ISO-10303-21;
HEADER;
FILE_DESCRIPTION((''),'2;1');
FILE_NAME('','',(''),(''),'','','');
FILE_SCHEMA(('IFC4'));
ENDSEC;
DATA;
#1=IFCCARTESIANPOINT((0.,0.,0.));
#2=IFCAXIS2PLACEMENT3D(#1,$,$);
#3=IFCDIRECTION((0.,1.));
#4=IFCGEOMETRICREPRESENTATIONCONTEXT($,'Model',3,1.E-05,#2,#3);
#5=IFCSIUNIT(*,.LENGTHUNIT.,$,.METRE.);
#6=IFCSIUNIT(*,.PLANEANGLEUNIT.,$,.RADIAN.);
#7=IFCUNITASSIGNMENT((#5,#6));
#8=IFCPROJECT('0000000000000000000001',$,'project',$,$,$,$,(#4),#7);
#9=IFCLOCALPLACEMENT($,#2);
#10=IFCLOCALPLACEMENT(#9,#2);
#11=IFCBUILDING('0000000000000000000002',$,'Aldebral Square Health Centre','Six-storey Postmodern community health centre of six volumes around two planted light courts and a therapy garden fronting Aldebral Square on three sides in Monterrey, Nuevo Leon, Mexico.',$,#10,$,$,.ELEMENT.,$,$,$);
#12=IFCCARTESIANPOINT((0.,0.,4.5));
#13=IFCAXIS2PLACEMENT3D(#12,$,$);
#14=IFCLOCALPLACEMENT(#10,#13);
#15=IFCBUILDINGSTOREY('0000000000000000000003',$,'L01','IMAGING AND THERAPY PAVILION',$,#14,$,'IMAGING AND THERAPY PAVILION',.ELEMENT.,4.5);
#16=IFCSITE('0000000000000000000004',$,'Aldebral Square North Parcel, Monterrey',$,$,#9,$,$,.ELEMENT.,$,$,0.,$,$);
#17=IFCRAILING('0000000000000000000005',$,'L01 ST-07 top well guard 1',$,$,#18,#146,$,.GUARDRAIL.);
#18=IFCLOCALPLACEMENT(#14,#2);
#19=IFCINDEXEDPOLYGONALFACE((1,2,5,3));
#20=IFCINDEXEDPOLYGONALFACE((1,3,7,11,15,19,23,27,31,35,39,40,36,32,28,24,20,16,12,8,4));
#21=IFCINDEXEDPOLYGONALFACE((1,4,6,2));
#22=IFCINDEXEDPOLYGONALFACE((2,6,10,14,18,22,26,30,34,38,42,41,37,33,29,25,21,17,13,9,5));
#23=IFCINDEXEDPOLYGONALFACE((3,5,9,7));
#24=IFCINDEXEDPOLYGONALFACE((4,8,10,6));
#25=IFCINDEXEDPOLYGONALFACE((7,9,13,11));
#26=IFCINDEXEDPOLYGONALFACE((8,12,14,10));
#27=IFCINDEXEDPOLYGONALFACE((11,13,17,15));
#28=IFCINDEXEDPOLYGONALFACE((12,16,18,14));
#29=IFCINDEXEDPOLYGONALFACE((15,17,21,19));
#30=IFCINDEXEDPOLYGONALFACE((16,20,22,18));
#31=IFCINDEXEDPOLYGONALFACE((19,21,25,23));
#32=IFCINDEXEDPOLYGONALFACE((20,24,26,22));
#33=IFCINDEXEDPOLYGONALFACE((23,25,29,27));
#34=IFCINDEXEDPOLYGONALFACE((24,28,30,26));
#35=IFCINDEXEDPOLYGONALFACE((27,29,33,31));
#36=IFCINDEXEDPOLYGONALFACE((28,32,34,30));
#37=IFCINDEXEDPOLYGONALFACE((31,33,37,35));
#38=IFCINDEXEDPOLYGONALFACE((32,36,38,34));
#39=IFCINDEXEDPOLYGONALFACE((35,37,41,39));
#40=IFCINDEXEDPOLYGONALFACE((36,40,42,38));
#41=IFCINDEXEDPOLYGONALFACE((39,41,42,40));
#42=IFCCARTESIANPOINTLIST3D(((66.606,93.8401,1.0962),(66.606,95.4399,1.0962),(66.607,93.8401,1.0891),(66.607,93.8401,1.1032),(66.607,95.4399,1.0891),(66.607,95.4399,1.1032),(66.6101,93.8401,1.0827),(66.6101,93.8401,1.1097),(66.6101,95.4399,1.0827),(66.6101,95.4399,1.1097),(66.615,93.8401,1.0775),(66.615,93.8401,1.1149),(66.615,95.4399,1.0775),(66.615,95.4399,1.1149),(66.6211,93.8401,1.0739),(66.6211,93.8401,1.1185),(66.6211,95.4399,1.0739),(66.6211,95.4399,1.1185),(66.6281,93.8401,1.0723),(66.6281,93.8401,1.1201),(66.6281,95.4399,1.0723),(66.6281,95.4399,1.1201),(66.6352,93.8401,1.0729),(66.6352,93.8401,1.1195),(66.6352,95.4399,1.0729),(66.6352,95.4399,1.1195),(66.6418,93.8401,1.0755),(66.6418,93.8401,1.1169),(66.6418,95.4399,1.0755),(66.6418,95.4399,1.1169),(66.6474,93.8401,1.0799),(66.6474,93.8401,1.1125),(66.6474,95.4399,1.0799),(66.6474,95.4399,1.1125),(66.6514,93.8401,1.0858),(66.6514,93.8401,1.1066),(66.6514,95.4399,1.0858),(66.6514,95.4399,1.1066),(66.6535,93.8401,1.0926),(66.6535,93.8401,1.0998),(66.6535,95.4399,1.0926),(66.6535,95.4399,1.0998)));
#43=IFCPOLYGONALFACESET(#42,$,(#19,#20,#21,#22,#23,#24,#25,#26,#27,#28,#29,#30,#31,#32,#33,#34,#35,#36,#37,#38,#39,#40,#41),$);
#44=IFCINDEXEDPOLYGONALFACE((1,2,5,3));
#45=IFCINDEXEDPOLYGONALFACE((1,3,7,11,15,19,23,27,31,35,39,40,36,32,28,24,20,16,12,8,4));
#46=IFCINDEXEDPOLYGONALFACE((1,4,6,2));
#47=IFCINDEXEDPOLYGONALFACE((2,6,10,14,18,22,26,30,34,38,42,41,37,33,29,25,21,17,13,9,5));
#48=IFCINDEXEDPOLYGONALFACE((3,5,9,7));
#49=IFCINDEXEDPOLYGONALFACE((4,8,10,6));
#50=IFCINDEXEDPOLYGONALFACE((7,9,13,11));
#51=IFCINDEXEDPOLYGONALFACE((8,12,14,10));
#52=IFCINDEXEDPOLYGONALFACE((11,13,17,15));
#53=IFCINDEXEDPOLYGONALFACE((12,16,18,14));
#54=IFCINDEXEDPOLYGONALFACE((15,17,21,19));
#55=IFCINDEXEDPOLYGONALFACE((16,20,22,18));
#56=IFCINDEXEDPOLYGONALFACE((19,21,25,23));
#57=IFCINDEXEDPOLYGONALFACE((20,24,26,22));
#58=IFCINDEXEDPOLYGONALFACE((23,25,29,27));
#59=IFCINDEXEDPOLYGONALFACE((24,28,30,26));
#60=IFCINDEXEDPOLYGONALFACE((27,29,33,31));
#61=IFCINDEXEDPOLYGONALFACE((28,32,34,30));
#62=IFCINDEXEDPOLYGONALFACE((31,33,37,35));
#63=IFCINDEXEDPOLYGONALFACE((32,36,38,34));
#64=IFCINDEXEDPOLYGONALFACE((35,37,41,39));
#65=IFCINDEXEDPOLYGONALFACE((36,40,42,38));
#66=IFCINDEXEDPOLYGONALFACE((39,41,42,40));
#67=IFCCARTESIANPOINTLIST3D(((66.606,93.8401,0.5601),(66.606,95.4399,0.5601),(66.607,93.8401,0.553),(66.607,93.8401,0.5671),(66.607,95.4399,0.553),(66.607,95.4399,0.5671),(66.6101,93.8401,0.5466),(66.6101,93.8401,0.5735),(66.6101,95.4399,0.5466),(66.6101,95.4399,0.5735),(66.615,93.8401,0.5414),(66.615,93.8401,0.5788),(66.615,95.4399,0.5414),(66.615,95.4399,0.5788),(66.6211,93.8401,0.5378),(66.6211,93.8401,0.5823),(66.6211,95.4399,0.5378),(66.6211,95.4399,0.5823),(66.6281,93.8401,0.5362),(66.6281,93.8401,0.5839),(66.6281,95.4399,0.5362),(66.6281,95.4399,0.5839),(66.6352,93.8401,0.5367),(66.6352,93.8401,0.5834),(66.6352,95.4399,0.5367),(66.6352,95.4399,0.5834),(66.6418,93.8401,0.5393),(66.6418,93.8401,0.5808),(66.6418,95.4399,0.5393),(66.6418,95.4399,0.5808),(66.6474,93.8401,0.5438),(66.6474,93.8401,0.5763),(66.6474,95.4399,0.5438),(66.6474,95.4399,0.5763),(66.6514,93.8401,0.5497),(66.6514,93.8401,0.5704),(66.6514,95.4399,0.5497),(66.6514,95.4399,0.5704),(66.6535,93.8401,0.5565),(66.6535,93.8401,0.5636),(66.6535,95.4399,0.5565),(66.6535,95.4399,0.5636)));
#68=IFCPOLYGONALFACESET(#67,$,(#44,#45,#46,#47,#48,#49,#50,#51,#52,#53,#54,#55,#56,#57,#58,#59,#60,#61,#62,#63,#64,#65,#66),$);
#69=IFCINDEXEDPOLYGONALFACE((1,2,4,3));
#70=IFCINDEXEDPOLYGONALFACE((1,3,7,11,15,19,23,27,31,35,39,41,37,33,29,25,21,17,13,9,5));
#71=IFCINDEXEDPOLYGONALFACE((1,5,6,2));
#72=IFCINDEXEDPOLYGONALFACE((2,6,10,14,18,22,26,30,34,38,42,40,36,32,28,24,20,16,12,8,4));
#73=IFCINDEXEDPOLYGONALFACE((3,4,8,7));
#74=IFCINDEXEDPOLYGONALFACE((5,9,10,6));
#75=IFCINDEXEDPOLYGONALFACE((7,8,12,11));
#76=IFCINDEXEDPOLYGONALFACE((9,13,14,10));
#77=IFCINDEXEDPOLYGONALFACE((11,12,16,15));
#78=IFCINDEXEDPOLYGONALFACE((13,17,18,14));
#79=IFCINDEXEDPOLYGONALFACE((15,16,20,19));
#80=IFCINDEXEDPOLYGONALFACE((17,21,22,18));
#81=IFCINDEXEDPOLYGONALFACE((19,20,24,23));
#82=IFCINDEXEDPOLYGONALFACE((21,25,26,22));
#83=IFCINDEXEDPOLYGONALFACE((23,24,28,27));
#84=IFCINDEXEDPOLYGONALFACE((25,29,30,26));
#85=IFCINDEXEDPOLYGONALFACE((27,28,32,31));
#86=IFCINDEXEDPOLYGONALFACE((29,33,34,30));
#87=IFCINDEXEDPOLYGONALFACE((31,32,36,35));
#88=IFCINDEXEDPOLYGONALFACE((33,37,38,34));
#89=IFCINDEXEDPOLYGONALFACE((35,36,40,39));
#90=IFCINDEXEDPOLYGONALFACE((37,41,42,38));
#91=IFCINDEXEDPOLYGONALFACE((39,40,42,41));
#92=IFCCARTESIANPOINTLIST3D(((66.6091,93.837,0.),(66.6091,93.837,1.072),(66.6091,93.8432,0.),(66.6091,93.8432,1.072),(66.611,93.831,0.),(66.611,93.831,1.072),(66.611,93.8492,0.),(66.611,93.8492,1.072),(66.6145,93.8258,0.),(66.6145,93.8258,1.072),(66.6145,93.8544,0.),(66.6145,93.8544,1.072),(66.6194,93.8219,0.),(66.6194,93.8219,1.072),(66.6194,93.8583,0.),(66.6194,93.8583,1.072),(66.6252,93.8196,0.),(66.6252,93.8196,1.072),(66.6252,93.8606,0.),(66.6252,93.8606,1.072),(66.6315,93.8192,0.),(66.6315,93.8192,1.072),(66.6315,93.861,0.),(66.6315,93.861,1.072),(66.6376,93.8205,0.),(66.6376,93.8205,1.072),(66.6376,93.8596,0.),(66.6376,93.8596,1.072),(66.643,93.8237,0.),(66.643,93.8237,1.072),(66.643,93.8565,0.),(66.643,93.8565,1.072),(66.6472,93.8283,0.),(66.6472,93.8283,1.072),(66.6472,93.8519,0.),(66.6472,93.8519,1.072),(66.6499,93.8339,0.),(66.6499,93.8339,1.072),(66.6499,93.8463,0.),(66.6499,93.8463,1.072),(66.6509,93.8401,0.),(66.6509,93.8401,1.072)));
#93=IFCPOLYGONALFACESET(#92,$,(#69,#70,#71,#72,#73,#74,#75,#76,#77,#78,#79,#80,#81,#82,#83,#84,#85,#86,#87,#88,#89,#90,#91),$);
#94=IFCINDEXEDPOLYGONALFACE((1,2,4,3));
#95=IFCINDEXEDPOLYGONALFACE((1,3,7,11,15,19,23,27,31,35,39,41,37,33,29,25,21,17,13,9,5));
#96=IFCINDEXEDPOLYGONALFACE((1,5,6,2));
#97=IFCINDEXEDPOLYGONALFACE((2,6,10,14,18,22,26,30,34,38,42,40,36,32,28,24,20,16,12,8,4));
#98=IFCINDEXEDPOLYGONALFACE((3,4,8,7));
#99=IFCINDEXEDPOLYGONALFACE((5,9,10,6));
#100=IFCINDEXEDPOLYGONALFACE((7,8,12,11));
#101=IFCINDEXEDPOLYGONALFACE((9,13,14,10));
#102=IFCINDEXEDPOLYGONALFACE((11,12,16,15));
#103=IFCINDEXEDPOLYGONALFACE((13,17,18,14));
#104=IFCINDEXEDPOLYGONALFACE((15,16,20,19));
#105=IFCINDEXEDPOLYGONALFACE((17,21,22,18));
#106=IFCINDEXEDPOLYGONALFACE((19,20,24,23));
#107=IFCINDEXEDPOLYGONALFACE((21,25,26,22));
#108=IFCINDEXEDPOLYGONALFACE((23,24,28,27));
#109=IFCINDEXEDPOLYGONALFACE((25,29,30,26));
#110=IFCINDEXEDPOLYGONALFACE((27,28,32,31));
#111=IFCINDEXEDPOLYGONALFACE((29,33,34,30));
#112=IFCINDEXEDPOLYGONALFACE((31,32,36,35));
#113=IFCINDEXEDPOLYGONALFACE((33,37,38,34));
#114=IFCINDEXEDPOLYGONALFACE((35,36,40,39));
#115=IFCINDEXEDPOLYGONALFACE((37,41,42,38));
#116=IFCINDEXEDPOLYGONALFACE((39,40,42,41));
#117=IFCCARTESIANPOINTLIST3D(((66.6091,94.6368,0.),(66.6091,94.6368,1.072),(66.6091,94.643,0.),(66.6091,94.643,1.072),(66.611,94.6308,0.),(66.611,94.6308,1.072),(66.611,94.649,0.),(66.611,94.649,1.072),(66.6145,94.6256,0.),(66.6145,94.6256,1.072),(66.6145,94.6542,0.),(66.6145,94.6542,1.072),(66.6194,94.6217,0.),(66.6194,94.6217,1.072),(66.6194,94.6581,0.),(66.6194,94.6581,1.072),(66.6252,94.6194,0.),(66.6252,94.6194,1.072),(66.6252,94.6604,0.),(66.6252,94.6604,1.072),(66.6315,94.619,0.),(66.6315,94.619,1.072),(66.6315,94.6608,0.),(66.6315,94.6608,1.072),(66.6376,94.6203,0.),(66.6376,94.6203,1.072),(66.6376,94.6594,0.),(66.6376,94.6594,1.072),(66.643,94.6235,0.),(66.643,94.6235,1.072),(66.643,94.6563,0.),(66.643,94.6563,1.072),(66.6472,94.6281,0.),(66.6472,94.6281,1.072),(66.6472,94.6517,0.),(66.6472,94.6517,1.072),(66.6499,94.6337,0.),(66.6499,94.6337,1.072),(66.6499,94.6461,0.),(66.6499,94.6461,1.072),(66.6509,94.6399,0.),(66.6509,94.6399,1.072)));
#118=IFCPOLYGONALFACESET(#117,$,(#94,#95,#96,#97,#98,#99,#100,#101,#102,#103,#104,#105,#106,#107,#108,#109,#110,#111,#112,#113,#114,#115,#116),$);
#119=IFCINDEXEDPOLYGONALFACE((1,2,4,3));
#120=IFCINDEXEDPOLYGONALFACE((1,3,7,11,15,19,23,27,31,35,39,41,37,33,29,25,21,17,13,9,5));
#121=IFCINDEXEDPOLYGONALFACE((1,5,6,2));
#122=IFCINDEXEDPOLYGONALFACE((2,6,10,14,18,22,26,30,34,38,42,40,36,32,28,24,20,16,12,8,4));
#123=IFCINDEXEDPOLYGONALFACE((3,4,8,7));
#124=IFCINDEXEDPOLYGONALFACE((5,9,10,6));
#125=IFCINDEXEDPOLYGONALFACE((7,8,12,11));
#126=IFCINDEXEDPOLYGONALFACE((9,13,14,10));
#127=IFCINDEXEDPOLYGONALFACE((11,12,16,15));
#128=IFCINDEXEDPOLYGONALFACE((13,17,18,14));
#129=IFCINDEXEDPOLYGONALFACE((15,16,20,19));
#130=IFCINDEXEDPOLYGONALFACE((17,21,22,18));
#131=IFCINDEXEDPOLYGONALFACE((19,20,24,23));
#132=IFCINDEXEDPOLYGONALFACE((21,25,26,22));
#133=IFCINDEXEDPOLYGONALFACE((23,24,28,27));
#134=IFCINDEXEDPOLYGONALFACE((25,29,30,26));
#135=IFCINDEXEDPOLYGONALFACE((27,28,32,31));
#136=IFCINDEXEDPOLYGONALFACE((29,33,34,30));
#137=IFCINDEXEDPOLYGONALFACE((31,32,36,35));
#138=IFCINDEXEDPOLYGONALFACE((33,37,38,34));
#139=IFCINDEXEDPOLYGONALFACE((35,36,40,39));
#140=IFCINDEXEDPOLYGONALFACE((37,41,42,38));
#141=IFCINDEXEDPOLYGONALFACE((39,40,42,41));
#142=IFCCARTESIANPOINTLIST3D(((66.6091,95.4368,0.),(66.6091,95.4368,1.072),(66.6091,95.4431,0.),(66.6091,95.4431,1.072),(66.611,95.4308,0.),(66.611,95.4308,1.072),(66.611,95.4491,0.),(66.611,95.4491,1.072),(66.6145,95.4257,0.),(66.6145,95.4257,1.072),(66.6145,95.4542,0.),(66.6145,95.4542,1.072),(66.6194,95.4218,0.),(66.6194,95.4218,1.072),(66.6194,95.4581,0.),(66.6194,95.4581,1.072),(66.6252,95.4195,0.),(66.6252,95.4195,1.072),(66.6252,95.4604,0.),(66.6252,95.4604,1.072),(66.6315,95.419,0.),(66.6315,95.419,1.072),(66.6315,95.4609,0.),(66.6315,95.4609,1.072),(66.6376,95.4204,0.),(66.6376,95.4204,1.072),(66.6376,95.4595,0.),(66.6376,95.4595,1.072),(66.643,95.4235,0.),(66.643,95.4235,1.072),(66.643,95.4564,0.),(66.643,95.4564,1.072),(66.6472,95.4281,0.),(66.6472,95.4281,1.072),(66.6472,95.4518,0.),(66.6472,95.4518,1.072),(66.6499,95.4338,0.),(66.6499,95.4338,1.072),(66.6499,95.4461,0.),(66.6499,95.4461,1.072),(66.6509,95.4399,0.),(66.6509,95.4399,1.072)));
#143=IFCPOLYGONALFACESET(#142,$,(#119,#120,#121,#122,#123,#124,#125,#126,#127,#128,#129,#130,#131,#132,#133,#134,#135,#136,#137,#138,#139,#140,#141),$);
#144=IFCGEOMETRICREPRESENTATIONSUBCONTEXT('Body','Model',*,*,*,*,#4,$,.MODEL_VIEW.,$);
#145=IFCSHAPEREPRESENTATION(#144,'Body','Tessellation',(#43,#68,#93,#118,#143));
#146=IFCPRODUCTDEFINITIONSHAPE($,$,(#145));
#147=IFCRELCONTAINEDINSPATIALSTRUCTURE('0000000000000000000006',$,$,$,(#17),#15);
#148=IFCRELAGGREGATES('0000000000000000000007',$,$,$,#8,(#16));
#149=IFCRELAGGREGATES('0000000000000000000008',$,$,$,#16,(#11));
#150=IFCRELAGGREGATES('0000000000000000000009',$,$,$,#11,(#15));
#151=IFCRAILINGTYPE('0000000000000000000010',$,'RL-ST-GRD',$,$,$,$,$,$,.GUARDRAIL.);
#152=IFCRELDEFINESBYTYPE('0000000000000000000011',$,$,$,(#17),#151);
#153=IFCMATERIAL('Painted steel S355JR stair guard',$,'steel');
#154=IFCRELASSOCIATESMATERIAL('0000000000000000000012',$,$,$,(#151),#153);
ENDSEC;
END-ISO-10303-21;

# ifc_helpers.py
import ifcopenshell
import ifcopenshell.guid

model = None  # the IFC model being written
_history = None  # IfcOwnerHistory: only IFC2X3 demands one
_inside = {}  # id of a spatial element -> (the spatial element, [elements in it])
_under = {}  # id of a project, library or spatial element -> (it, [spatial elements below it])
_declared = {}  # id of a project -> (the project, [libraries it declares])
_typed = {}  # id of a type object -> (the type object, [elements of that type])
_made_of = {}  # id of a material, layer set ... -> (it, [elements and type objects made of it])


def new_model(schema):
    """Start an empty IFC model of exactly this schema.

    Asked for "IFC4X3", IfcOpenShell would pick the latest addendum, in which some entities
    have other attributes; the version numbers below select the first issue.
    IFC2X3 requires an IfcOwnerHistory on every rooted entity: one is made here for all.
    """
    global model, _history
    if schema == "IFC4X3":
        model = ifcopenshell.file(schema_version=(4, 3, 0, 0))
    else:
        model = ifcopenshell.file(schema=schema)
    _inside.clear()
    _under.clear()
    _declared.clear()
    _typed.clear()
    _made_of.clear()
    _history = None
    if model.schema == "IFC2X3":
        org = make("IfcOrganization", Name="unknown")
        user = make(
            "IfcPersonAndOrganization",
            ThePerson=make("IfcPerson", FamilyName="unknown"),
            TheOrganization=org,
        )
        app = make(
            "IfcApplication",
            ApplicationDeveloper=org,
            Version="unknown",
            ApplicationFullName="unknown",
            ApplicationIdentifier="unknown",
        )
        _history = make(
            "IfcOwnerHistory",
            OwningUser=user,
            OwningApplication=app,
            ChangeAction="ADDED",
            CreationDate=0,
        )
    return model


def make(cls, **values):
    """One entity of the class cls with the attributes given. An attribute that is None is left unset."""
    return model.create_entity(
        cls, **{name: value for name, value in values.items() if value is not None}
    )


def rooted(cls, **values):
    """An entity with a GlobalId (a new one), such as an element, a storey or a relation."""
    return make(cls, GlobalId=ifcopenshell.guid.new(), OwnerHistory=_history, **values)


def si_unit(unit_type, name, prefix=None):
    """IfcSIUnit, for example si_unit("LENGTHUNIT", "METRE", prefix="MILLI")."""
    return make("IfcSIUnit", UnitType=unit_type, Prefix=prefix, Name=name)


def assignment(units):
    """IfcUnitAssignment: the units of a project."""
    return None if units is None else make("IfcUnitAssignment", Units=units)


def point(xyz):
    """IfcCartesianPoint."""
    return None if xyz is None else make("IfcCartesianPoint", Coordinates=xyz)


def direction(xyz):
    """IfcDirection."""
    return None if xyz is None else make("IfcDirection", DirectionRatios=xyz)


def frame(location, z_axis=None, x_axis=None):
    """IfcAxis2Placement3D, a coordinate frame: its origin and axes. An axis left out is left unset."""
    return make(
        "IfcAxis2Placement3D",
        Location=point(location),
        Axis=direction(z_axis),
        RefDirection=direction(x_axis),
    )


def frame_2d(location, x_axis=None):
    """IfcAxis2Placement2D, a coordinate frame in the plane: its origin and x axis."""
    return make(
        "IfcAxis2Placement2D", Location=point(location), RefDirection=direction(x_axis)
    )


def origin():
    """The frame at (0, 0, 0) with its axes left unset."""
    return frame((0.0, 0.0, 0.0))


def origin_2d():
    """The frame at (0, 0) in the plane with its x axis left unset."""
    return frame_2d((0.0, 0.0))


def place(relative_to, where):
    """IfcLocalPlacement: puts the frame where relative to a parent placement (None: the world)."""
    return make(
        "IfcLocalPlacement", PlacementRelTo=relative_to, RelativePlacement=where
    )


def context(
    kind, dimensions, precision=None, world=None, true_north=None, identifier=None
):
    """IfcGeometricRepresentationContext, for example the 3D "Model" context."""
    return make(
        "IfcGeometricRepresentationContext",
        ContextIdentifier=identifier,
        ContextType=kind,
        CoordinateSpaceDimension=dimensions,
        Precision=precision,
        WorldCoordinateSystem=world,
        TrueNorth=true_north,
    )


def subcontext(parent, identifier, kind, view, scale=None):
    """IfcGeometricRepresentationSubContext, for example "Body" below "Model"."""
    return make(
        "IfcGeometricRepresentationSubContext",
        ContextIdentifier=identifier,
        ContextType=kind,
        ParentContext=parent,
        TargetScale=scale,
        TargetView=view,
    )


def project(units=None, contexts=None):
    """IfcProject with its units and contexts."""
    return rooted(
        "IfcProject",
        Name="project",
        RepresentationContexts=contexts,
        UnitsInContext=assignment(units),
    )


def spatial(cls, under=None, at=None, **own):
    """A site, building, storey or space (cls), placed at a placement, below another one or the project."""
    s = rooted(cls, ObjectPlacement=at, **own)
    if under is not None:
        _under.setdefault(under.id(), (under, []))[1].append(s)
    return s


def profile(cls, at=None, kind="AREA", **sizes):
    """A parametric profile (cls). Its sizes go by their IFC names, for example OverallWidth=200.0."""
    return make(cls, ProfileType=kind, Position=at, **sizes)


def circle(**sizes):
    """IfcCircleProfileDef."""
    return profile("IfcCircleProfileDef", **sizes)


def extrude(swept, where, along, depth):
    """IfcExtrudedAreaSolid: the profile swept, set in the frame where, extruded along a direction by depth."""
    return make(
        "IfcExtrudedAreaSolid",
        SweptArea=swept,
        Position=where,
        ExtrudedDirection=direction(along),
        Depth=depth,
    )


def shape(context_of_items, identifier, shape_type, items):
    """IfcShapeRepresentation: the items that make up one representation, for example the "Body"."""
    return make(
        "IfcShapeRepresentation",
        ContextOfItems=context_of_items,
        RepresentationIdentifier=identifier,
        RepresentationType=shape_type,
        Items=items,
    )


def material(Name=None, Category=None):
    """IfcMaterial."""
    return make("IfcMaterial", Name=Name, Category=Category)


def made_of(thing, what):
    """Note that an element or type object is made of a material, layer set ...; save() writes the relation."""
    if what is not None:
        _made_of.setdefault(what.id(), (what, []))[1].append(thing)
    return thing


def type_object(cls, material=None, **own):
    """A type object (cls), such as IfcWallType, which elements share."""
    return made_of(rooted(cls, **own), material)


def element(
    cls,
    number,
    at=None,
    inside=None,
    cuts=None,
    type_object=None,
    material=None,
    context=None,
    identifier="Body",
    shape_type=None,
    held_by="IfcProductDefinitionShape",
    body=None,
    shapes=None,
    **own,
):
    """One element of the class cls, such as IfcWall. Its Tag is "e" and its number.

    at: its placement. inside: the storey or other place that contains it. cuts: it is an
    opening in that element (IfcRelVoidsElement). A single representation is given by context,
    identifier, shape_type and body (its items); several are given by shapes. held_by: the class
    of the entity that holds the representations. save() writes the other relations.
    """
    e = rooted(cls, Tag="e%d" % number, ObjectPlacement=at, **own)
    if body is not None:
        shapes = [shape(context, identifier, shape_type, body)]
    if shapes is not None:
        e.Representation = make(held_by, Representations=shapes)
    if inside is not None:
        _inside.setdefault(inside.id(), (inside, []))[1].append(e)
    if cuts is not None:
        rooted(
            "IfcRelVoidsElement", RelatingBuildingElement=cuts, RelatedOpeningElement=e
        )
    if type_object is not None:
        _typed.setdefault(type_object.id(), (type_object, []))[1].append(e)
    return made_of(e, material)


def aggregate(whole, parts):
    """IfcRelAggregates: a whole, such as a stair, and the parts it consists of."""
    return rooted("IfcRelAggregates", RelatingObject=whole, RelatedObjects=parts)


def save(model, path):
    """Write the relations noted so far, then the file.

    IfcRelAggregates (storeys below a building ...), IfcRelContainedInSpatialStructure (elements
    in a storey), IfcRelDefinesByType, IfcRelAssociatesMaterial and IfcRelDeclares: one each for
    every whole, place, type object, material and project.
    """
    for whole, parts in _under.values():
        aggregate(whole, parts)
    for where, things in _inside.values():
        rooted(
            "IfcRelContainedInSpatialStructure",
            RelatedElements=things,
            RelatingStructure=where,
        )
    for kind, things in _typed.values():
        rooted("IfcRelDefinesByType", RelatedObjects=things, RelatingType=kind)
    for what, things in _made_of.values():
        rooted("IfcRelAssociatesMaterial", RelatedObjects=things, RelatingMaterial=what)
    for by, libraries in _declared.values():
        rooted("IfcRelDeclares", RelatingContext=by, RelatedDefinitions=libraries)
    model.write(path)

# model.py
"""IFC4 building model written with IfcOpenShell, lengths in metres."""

from ifc_helpers import new_model, si_unit, direction, frame, origin, origin_2d, place, context, subcontext, project, spatial, circle, extrude, material, type_object, element, save


model = new_model("IFC4")

# Units and contexts
model_context = context("Model", 3, precision=1e-05, world=origin(), true_north=direction((0.0, 1.0)))
body_context = subcontext(model_context, "Body", "Model", "MODEL_VIEW")
ifc_project = project(units=[si_unit("LENGTHUNIT", "METRE"), si_unit("PLANEANGLEUNIT", "RADIAN")], contexts=[model_context])

# Site, building, storey
site_placement = place(None, origin())
site = spatial("IfcSite", under=ifc_project, at=site_placement, Name="Aldebral Square North Parcel, Monterrey", CompositionType="ELEMENT", RefElevation=0.0)
building_placement = place(site_placement, origin())
building = spatial("IfcBuilding", under=site, at=building_placement, Name="Aldebral Square Health Centre", Description="Six-storey Postmodern community health centre of six volumes around two planted light courts and a therapy garden fronting Aldebral Square on three sides in Monterrey, Nuevo Leon, Mexico.", CompositionType="ELEMENT")
storey_placement = place(building_placement, frame((0.0, 0.0, 4.5)))
storey = spatial("IfcBuildingStorey", under=building, at=storey_placement, Name="L01", Description="IMAGING AND THERAPY PAVILION", LongName="IMAGING AND THERAPY PAVILION", CompositionType="ELEMENT", Elevation=4.5)

# Railing
ifc_material_1 = material(Name="Painted steel S355JR stair guard", Category="steel")
railing_type_1 = type_object("IfcRailingType", Name="RL-ST-GRD", PredefinedType="GUARDRAIL", material=ifc_material_1)
railing_1_placement = place(storey_placement, frame((66.6299, 93.8401, 0.0)))
element("IfcRailing", 1, at=railing_1_placement, inside=storey, type_object=railing_type_1, Name="L01 ST-07 top well guard 1", PredefinedType="GUARDRAIL", context=body_context, shape_type="SweptSolid", body=[
    extrude(circle(Radius=0.0239, at=origin_2d()), frame((0.0, 0.0, 1.0962), z_axis=(0.0, 1.0, 0.0), x_axis=(-1.0, 0.0, 0.0)), (0.0, 0.0, 1.0), 1.5999),
    extrude(circle(Radius=0.0239, at=origin_2d()), frame((0.0, 0.0, 0.5601), z_axis=(0.0, 1.0, 0.0), x_axis=(-1.0, 0.0, 0.0)), (0.0, 0.0, 1.0), 1.5999),
    extrude(circle(Radius=0.021, at=origin_2d()), origin(), (0.0, 0.0, 1.0), 1.072),
    extrude(circle(Radius=0.021, at=origin_2d()), frame((0.0, 0.7998, 0.0)), (0.0, 0.0, 1.0), 1.072),
    extrude(circle(Radius=0.021, at=origin_2d()), frame((0.0, 1.5999, 0.0)), (0.0, 0.0, 1.0), 1.072),
])

save(model, "model.ifc")
